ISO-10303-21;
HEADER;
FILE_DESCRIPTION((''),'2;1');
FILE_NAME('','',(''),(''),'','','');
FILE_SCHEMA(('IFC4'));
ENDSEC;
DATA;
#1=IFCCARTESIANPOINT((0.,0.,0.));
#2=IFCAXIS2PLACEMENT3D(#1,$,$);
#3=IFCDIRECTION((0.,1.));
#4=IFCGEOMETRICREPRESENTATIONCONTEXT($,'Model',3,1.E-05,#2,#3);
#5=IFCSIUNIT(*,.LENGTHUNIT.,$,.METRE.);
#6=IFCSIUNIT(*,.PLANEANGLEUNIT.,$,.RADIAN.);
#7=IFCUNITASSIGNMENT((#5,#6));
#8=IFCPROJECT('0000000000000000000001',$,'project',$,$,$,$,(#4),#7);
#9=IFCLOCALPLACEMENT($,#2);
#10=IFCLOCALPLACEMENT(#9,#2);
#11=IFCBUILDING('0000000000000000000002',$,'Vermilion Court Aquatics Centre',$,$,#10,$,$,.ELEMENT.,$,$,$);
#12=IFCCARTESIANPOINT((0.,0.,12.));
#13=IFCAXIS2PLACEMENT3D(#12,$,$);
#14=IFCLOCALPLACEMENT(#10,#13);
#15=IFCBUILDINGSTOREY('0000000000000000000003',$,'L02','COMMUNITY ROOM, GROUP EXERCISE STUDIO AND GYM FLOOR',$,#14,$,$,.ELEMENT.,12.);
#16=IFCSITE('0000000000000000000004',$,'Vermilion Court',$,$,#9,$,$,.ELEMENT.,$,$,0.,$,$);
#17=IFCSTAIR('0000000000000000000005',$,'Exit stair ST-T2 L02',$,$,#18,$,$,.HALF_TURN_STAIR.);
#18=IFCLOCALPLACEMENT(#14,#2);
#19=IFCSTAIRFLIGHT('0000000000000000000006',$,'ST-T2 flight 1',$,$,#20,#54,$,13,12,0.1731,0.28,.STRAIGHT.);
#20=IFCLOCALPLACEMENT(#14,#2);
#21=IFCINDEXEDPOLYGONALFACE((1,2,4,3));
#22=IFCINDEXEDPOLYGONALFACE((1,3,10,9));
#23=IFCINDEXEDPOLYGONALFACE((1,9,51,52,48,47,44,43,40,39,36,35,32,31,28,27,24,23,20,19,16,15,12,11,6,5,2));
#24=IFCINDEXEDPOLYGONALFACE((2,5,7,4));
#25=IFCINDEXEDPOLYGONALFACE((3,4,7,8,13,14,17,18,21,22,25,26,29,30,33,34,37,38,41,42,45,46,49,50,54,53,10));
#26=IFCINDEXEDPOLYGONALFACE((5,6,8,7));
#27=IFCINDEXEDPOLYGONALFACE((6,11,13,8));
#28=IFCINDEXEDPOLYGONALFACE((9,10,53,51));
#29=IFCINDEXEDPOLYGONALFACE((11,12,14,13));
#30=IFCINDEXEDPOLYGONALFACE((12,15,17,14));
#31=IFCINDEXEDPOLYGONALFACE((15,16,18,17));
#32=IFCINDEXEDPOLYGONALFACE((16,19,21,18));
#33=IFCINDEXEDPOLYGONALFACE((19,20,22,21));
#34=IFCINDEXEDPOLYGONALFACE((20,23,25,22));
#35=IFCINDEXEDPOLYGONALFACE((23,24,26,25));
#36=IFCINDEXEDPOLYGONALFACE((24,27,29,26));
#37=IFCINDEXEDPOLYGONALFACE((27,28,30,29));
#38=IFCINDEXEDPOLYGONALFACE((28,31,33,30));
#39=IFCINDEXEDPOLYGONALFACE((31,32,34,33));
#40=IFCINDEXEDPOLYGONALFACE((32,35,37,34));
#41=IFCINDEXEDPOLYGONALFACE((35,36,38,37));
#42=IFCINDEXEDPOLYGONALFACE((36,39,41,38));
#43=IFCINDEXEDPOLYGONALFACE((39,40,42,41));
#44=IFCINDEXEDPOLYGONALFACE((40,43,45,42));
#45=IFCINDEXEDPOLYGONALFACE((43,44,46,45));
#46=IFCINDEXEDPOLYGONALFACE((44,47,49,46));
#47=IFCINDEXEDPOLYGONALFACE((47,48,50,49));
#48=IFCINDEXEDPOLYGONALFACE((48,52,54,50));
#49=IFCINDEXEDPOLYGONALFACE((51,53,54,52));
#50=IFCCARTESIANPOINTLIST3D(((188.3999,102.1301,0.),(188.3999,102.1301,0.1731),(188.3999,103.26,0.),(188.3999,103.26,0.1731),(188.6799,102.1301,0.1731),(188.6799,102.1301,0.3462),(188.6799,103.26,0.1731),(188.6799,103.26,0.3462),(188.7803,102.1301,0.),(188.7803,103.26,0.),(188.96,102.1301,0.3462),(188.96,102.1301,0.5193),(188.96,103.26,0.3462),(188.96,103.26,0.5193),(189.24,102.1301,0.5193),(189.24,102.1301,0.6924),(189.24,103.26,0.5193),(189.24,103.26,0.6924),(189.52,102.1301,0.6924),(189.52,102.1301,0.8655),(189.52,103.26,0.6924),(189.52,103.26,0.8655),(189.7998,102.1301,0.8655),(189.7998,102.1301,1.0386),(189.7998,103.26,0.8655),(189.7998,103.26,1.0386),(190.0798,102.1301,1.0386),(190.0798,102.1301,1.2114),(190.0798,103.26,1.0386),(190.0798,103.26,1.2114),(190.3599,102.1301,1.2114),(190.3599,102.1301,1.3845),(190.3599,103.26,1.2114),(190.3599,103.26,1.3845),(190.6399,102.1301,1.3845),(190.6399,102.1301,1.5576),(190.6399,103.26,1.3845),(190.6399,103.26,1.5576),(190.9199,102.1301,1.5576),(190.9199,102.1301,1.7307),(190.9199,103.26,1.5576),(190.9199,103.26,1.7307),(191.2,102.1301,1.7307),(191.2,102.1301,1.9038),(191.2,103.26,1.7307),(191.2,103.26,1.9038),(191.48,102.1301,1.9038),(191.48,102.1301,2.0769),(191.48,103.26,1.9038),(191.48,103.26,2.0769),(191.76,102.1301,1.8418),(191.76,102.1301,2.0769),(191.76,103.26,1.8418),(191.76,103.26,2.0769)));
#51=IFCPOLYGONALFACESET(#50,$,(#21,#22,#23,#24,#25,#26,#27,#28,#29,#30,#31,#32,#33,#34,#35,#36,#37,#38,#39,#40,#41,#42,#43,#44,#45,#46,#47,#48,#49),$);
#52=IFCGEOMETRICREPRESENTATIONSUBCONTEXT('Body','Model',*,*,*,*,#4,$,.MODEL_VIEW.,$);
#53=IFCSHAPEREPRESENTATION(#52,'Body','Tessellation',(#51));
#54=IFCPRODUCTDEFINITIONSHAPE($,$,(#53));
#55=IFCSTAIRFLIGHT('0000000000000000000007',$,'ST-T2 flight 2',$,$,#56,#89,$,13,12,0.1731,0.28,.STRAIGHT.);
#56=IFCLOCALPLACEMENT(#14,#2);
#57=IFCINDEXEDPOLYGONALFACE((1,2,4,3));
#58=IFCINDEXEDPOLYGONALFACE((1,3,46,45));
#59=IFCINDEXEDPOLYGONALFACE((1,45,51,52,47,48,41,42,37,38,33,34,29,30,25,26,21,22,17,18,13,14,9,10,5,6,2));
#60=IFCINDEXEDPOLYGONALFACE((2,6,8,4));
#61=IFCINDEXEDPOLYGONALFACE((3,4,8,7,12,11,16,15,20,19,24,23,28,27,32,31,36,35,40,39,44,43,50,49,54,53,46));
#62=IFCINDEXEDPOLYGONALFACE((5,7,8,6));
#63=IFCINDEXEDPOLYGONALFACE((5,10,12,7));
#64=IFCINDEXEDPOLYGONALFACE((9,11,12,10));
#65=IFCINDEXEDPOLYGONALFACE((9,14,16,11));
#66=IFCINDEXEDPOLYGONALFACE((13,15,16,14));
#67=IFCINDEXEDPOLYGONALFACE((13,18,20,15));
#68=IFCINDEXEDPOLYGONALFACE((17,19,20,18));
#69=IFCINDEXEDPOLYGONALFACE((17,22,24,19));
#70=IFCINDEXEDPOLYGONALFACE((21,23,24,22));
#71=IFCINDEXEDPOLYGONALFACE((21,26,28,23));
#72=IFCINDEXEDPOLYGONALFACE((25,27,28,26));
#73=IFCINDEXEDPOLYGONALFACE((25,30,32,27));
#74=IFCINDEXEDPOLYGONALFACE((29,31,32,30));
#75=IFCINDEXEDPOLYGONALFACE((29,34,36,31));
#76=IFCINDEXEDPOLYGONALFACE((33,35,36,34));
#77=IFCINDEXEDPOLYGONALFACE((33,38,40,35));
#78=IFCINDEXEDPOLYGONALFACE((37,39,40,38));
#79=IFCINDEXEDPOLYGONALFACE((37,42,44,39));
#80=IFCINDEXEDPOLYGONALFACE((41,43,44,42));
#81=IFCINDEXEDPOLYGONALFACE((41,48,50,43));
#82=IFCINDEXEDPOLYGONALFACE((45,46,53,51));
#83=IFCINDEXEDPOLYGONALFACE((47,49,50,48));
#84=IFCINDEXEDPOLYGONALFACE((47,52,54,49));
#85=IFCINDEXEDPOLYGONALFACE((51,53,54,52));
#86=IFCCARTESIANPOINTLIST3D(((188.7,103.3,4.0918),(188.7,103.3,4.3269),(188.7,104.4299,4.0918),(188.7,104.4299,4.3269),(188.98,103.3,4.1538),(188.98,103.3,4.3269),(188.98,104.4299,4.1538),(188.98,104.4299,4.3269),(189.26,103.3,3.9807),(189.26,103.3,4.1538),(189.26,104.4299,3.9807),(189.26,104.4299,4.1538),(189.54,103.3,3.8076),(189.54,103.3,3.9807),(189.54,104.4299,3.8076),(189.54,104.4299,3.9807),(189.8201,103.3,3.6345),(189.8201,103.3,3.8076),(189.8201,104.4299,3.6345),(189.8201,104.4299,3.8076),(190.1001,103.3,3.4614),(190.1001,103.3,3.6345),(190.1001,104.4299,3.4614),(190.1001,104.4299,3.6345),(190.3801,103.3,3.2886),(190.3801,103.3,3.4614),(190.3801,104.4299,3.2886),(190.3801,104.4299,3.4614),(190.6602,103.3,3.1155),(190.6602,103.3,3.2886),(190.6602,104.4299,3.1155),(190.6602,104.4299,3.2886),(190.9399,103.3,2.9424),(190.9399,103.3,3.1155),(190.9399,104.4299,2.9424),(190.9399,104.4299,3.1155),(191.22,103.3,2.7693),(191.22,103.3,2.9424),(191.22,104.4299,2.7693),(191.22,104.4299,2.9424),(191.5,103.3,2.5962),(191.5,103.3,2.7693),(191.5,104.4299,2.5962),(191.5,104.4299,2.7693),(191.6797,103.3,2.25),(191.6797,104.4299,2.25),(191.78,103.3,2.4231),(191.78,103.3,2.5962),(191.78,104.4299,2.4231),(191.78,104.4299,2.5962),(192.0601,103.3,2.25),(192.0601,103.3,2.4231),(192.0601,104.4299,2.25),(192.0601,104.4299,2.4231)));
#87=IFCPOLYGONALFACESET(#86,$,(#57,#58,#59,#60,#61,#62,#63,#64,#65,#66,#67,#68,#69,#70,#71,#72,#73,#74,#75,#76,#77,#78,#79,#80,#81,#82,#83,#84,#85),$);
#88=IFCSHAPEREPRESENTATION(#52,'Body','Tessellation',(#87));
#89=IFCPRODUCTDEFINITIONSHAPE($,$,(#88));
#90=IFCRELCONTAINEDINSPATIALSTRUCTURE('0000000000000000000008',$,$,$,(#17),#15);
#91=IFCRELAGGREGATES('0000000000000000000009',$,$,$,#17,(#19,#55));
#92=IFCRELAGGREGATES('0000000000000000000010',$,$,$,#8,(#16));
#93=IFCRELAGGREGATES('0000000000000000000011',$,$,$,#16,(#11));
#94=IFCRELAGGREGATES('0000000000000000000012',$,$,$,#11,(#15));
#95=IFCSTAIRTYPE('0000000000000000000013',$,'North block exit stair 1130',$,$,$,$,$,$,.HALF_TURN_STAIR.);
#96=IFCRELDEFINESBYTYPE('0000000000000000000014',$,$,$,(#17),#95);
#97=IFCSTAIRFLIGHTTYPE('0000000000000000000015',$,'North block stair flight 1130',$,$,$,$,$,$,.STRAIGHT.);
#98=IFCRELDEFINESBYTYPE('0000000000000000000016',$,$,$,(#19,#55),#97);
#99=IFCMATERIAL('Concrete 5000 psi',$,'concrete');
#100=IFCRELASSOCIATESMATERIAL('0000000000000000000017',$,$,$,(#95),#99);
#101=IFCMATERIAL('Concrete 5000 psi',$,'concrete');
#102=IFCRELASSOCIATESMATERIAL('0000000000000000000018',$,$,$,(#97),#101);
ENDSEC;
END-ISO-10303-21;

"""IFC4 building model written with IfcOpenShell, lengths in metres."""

from ifc_helpers import new_model, si_unit, direction, frame, origin, place, context, subcontext, project, spatial, polyline, outline, extrude, material, type_object, element, aggregate, save


model = new_model("IFC4")

# Units and contexts
model_context = context("Model", 3, precision=1e-05, world=origin(), true_north=direction((0.0, 1.0)))
body_context = subcontext(model_context, "Body", "Model", "MODEL_VIEW")
ifc_project = project(units=[si_unit("LENGTHUNIT", "METRE"), si_unit("PLANEANGLEUNIT", "RADIAN")], contexts=[model_context])

# Site, building, storey
site_placement = place(None, origin())
site = spatial("IfcSite", under=ifc_project, at=site_placement, Name="Vermilion Court", CompositionType="ELEMENT", RefElevation=0.0)
building_placement = place(site_placement, origin())
building = spatial("IfcBuilding", under=site, at=building_placement, Name="Vermilion Court Aquatics Centre", CompositionType="ELEMENT")
storey_placement = place(building_placement, frame((0.0, 0.0, 12.0)))
storey = spatial("IfcBuildingStorey", under=building, at=storey_placement, Name="L02", Description="COMMUNITY ROOM, GROUP EXERCISE STUDIO AND GYM FLOOR", CompositionType="ELEMENT", Elevation=12.0)

# Stair, stair flights
ifc_material_1 = material(Name="Concrete 5000 psi", Category="concrete")
stair_type = type_object("IfcStairType", Name="North block exit stair 1130", PredefinedType="HALF_TURN_STAIR", material=ifc_material_1)
stair_placement = place(storey_placement, origin())
stair = element("IfcStair", 1, at=stair_placement, inside=storey, type_object=stair_type, Name="Exit stair ST-T2 L02", PredefinedType="HALF_TURN_STAIR")
ifc_material_2 = material(Name="Concrete 5000 psi", Category="concrete")
stair_flight_type = type_object("IfcStairFlightType", Name="North block stair flight 1130", PredefinedType="STRAIGHT", material=ifc_material_2)
stair_flight_1_placement = place(storey_placement, frame((188.3999, 102.6951, 0.0), z_axis=(0.0, 0.0, 1.0), x_axis=(1.0, 0.0, 0.0)))
stair_flight_1 = element("IfcStairFlight", 2, at=stair_flight_1_placement, type_object=stair_flight_type, Name="ST-T2 flight 1", NumberOfRisers=13, NumberOfTreads=12, PredefinedType="STRAIGHT", RiserHeight=0.1731, TreadLength=0.28, context=body_context, shape_type="SweptSolid", body=[
    extrude(outline(polyline([(0.0, 0.0), (0.0, 0.1731), (0.28, 0.1731), (0.28, 0.3462), (0.5601, 0.3462), (0.5601, 0.5193), (0.8401, 0.5193), (0.8401, 0.6924), (1.1201, 0.6924), (1.1201, 0.8655), (1.3999, 0.8655), (1.3999, 1.0386), (1.6799, 1.0386), (1.6799, 1.2114), (1.96, 1.2114), (1.96, 1.3845), (2.24, 1.3845), (2.24, 1.5576), (2.52, 1.5576), (2.52, 1.7307), (2.8, 1.7307), (2.8, 1.9038), (3.0801, 1.9038), (3.0801, 2.0769), (3.3601, 2.0769), (3.3601, 2.25), (3.3601, 1.8418), (0.3804, 0.0), (0.0, 0.0)])), frame((0.0, 0.5649, 0.0), z_axis=(0.0, -1.0, 0.0), x_axis=(1.0, 0.0, 0.0)), (0.0, 0.0, 1.0), 1.1299),
])
stair_flight_2_placement = place(storey_placement, frame((192.0601, 103.865, 2.25), z_axis=(0.0, 0.0, 1.0), x_axis=(-1.0, 0.0, 0.0)))
stair_flight_2 = element("IfcStairFlight", 3, at=stair_flight_2_placement, type_object=stair_flight_type, Name="ST-T2 flight 2", NumberOfRisers=13, NumberOfTreads=12, PredefinedType="STRAIGHT", RiserHeight=0.1731, TreadLength=0.28, context=body_context, shape_type="SweptSolid", body=[
    extrude(outline(polyline([(0.0, 0.0), (0.0, 0.1731), (0.28, 0.1731), (0.28, 0.3462), (0.5601, 0.3462), (0.5601, 0.5193), (0.8401, 0.5193), (0.8401, 0.6924), (1.1201, 0.6924), (1.1201, 0.8655), (1.3999, 0.8655), (1.3999, 1.0386), (1.6799, 1.0386), (1.6799, 1.2114), (1.96, 1.2114), (1.96, 1.3845), (2.24, 1.3845), (2.24, 1.5576), (2.52, 1.5576), (2.52, 1.7307), (2.8, 1.7307), (2.8, 1.9038), (3.0801, 1.9038), (3.0801, 2.0769), (3.3601, 2.0769), (3.3601, 2.25), (3.3601, 1.8418), (0.3804, 0.0), (0.0, 0.0)])), frame((0.0, 0.5649, 0.0), z_axis=(0.0, -1.0, 0.0), x_axis=(1.0, 0.0, 0.0)), (0.0, 0.0, 1.0), 1.1299),
])
aggregate(stair, [stair_flight_1, stair_flight_2])

save(model, "model.ifc")
